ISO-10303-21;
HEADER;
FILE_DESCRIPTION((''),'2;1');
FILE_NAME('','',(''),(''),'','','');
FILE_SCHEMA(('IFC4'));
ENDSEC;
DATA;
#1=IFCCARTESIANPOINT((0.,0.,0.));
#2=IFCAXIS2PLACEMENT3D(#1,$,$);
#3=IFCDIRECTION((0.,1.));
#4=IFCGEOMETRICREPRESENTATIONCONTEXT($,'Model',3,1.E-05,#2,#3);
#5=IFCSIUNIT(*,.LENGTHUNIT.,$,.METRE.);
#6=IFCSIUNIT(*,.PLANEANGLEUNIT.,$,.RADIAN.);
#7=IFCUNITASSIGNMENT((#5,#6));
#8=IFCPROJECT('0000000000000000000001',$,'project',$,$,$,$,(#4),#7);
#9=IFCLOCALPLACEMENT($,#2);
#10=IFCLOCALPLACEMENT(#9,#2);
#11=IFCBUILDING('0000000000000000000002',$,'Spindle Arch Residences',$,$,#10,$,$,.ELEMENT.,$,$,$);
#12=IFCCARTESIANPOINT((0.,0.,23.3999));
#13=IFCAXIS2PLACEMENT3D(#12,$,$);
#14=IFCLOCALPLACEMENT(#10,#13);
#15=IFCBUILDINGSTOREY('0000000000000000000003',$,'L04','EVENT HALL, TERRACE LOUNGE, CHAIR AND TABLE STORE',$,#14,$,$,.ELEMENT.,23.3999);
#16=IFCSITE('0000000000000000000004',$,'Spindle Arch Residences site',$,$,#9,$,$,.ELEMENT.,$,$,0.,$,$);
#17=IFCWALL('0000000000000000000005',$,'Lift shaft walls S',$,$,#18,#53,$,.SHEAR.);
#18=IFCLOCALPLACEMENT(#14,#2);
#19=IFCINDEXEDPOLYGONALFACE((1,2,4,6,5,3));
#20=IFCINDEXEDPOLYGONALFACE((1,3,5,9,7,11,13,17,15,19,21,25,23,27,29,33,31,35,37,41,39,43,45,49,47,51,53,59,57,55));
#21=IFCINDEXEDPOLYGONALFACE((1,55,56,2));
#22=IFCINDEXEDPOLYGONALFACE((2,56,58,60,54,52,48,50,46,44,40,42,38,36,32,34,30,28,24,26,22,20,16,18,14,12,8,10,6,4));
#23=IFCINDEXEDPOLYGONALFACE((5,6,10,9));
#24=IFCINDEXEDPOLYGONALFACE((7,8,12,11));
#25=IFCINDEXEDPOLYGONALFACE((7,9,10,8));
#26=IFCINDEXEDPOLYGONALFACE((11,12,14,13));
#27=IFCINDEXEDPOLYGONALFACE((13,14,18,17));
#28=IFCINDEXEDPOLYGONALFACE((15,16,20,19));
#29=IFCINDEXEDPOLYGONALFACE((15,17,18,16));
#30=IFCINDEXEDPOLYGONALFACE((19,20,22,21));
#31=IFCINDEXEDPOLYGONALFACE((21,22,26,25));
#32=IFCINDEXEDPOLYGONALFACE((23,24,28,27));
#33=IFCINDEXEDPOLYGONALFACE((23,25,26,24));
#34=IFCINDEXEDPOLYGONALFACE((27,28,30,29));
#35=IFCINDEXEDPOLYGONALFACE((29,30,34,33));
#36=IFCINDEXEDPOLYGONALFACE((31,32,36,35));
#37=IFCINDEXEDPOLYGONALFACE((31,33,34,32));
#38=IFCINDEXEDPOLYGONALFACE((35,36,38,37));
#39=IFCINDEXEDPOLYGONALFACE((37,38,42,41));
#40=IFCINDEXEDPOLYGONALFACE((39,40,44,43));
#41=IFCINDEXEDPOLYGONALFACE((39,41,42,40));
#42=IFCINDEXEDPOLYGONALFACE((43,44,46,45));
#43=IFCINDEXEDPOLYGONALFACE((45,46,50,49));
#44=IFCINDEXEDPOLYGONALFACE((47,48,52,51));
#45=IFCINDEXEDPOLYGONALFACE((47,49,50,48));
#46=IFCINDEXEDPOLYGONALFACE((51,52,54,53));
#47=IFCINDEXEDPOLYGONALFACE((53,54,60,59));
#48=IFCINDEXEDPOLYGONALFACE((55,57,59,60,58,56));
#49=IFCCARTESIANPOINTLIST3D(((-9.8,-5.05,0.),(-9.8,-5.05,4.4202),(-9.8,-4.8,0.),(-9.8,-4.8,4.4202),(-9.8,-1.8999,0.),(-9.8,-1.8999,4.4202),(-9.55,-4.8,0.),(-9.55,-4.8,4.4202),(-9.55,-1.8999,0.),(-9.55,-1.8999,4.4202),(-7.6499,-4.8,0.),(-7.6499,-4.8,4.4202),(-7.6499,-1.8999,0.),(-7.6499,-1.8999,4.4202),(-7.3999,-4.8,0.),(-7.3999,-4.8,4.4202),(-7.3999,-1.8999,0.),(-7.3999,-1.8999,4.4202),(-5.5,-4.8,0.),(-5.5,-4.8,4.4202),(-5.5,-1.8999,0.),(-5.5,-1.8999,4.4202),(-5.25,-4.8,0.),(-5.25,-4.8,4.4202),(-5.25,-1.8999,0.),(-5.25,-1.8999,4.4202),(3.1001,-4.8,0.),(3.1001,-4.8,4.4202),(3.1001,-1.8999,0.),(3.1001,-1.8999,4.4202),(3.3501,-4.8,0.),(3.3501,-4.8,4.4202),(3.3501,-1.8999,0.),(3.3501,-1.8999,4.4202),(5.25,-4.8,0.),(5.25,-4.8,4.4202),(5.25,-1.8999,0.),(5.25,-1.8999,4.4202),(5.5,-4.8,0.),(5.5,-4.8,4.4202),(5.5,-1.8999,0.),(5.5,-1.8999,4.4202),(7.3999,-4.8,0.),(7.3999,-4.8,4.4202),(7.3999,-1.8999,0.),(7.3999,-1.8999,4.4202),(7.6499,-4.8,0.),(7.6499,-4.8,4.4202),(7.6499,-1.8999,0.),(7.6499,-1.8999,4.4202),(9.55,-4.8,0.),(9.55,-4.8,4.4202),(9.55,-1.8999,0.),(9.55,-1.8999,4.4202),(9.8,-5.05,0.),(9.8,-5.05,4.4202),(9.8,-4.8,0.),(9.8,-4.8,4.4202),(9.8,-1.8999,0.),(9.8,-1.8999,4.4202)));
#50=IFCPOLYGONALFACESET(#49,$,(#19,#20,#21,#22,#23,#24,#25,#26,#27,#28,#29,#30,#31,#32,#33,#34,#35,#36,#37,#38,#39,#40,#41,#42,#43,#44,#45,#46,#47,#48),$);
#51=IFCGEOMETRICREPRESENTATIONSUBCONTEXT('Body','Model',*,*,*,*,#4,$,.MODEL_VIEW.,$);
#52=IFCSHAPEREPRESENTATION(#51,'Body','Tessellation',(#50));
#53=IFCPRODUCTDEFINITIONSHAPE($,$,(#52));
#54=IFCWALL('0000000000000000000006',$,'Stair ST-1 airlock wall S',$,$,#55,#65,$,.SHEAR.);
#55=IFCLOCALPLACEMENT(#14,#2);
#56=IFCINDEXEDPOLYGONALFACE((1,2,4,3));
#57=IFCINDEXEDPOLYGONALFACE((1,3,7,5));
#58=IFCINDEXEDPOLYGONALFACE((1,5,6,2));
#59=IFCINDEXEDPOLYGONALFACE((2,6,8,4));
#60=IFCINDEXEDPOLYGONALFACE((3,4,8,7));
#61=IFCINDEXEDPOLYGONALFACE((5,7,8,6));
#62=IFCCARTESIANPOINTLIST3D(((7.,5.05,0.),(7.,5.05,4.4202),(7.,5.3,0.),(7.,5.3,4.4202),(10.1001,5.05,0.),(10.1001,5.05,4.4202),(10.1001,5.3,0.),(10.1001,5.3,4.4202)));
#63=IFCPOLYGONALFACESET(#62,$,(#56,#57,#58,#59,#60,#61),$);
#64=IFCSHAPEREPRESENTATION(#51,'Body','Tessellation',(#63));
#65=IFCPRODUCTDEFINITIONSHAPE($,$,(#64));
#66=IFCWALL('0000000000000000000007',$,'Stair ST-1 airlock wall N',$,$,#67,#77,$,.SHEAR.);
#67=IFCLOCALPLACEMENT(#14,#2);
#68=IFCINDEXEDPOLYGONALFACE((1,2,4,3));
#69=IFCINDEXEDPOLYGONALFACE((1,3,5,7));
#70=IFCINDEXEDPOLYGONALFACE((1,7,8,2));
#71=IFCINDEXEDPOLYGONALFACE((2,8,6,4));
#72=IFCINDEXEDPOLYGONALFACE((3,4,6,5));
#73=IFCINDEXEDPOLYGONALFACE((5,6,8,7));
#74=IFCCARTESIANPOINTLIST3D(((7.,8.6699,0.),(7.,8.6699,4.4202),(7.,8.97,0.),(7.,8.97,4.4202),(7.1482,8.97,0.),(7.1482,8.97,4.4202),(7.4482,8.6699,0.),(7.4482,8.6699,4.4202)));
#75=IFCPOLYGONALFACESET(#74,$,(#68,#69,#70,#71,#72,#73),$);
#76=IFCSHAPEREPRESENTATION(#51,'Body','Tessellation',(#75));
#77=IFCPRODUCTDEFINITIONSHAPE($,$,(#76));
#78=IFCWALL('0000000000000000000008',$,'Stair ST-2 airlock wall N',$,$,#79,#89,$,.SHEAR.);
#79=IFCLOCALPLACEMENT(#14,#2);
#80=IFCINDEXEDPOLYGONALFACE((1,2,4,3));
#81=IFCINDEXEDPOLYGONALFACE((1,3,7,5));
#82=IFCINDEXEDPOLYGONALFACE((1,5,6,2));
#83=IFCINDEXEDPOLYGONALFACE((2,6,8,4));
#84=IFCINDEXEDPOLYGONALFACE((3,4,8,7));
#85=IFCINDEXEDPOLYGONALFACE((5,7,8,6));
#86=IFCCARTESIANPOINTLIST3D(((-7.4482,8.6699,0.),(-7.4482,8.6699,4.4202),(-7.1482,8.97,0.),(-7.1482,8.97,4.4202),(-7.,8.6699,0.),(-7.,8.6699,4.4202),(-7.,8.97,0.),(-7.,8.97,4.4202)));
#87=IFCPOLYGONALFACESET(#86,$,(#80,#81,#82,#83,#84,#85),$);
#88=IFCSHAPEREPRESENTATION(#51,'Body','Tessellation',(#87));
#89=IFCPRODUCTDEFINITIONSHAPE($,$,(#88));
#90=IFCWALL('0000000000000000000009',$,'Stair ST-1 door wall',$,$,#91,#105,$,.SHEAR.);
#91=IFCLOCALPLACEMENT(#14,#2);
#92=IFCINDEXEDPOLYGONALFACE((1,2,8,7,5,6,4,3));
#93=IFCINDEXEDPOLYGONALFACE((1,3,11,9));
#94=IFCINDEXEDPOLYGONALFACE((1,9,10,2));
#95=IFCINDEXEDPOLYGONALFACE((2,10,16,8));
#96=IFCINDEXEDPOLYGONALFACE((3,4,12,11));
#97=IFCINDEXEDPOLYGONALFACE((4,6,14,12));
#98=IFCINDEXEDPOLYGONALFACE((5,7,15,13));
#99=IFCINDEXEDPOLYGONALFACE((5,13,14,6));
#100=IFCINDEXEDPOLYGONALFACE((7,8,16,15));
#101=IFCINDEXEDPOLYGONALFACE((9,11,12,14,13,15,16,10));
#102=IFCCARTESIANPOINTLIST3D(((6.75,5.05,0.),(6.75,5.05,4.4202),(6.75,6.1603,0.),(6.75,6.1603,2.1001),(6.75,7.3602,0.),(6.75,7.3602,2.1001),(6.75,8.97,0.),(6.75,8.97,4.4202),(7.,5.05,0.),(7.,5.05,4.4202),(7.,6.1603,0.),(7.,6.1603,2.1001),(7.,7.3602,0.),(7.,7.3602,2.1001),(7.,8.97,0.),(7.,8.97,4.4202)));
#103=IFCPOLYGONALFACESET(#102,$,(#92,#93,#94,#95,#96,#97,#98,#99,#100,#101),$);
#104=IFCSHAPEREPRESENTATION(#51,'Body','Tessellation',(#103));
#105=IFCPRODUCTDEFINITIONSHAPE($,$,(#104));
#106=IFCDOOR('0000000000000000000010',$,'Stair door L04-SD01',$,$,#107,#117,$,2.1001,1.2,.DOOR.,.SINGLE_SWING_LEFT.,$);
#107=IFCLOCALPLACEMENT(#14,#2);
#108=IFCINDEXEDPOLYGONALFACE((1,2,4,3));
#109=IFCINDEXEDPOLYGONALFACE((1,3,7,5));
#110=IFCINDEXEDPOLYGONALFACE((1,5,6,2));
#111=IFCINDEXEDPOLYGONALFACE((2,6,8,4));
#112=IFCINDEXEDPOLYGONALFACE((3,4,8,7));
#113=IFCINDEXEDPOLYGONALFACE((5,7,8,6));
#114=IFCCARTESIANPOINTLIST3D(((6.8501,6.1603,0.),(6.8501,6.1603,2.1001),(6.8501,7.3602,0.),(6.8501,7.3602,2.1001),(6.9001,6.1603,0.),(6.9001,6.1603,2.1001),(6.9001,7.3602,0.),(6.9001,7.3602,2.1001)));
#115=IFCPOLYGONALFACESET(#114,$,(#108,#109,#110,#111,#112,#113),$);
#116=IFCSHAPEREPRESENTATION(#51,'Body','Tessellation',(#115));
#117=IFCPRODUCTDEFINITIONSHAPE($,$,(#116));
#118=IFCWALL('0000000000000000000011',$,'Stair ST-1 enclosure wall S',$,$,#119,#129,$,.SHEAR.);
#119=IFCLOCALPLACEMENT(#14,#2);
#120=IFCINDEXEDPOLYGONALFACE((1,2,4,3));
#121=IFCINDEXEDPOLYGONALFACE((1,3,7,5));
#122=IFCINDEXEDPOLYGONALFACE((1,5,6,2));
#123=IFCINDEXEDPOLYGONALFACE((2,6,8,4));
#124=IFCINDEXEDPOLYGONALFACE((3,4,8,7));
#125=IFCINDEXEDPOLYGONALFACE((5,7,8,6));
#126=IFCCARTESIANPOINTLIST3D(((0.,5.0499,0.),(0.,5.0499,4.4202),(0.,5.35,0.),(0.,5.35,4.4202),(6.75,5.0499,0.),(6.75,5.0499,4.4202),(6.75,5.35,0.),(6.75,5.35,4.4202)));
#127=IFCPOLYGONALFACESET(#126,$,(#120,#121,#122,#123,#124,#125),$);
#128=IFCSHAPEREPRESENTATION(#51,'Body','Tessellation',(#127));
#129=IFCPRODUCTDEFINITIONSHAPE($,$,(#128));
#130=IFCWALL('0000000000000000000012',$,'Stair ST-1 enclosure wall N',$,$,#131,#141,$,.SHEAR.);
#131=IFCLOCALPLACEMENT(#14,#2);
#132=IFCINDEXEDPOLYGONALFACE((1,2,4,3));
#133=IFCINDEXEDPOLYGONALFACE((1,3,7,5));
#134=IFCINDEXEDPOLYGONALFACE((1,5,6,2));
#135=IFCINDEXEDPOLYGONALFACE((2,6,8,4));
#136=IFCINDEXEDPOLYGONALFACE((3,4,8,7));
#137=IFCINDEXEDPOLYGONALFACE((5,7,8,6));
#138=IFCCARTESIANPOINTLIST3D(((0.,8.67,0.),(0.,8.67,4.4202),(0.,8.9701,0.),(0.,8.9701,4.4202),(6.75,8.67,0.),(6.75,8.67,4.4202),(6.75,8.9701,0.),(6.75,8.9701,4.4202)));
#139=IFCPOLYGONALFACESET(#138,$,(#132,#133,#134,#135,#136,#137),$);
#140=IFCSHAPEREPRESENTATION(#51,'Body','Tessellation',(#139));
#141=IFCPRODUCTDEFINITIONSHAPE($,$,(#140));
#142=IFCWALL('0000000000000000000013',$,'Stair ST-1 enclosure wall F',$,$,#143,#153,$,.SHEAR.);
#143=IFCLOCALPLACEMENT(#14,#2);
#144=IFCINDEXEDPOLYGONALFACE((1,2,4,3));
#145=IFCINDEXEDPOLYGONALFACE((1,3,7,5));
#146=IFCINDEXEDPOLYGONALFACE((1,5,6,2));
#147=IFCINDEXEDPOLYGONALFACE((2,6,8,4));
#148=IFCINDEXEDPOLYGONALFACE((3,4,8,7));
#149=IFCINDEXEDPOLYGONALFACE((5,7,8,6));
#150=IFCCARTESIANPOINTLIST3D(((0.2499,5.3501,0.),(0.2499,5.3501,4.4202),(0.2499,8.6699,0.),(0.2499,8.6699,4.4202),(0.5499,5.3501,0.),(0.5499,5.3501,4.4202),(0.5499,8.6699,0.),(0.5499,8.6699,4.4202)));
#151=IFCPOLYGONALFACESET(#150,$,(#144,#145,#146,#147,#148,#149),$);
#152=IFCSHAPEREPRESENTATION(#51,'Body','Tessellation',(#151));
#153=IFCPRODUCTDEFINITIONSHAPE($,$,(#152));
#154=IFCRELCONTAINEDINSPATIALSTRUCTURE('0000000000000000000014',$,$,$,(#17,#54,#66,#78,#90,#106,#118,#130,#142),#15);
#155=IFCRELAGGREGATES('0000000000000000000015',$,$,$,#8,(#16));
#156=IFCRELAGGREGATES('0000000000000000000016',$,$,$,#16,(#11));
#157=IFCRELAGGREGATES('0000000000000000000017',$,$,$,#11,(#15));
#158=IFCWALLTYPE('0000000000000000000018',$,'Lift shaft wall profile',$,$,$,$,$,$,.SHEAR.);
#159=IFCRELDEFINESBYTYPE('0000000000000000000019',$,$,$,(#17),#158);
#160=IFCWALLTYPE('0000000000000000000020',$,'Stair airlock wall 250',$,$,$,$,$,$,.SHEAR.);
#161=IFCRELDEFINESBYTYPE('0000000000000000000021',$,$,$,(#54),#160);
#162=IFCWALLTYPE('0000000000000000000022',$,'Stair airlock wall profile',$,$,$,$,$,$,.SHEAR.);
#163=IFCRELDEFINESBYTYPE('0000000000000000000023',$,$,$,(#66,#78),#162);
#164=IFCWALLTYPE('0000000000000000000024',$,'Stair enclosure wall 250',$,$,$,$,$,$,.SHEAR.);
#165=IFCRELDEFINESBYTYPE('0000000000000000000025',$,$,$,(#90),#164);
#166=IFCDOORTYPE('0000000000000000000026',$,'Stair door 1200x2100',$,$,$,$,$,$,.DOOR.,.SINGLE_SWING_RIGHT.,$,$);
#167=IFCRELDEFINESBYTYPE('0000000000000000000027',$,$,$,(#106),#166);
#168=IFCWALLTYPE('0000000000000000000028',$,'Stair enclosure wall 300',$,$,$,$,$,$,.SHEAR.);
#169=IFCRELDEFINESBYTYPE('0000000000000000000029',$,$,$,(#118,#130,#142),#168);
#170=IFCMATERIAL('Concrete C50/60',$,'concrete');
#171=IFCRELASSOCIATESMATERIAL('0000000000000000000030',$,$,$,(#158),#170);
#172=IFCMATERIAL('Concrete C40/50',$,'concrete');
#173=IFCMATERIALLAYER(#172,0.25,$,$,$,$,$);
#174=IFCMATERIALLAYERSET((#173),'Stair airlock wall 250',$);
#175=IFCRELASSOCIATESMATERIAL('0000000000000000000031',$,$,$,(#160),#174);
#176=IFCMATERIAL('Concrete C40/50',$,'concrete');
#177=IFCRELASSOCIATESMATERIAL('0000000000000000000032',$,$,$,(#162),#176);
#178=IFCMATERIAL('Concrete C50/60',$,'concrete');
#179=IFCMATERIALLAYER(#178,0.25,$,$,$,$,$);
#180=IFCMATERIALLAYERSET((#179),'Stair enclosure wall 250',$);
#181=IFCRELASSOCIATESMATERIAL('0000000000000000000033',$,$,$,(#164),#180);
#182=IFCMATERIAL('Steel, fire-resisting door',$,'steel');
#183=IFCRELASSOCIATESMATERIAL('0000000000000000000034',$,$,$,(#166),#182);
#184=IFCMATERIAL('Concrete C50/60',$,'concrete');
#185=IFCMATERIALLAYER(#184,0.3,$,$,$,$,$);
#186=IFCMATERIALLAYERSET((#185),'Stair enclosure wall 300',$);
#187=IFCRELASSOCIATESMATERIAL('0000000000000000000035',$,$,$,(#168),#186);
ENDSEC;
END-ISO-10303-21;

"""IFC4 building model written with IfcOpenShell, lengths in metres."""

from ifc_helpers import new_model, si_unit, direction, frame, frame_2d, origin, place, context, subcontext, project, spatial, polyline, rectangle, outline, extrude, material, layer, layer_set, type_object, element, fill, save


model = new_model("IFC4")

# Units and contexts
model_context = context("Model", 3, precision=1e-05, world=origin(), true_north=direction((0.0, 1.0)))
body_context = subcontext(model_context, "Body", "Model", "MODEL_VIEW")
ifc_project = project(units=[si_unit("LENGTHUNIT", "METRE"), si_unit("PLANEANGLEUNIT", "RADIAN")], contexts=[model_context])

# Site, building, storey
site_placement = place(None, origin())
site = spatial("IfcSite", under=ifc_project, at=site_placement, Name="Spindle Arch Residences site", CompositionType="ELEMENT", RefElevation=0.0)
building_placement = place(site_placement, origin())
building = spatial("IfcBuilding", under=site, at=building_placement, Name="Spindle Arch Residences", CompositionType="ELEMENT")
storey_placement = place(building_placement, frame((0.0, 0.0, 23.3999)))
storey = spatial("IfcBuildingStorey", under=building, at=storey_placement, Name="L04", Description="EVENT HALL, TERRACE LOUNGE, CHAIR AND TABLE STORE", CompositionType="ELEMENT", Elevation=23.3999)

# Walls
ifc_material_1 = material(Name="Concrete C50/60", Category="concrete")
wall_type_1 = type_object("IfcWallType", Name="Lift shaft wall profile", PredefinedType="SHEAR", material=ifc_material_1)
wall_1_placement = place(storey_placement, origin())
element("IfcWall", 1, at=wall_1_placement, inside=storey, type_object=wall_type_1, Name="Lift shaft walls S", PredefinedType="SHEAR", context=body_context, shape_type="SweptSolid", body=[
    extrude(outline(polyline([(9.8, -5.05), (9.8, -4.8), (9.8, -1.8999), (9.55, -1.8999), (9.55, -4.8), (7.6499, -4.8), (7.6499, -1.8999), (7.3999, -1.8999), (7.3999, -4.8), (5.5, -4.8), (5.5, -1.8999), (5.25, -1.8999), (5.25, -4.8), (3.3501, -4.8), (3.3501, -1.8999), (3.1001, -1.8999), (3.1001, -4.8), (-5.25, -4.8), (-5.25, -1.8999), (-5.5, -1.8999), (-5.5, -4.8), (-7.3999, -4.8), (-7.3999, -1.8999), (-7.6499, -1.8999), (-7.6499, -4.8), (-9.55, -4.8), (-9.55, -1.8999), (-9.8, -1.8999), (-9.8, -4.8), (-9.8, -5.05), (9.8, -5.05)])), origin(), (0.0, 0.0, 1.0), 4.4202),
])
ifc_material_2 = material(Name="Concrete C40/50", Category="concrete")
ifc_layer_1 = layer(ifc_material_2, 0.25)
ifc_layer_set_1 = layer_set([ifc_layer_1], Name="Stair airlock wall 250")
wall_type_2 = type_object("IfcWallType", Name="Stair airlock wall 250", PredefinedType="SHEAR", material=ifc_layer_set_1)
wall_2_placement = place(storey_placement, frame((7.0, 5.175, 0.0), z_axis=(0.0, 0.0, 1.0), x_axis=(1.0, 0.0, 0.0)))
element("IfcWall", 2, at=wall_2_placement, inside=storey, type_object=wall_type_2, Name="Stair ST-1 airlock wall S", PredefinedType="SHEAR", context=body_context, shape_type="SweptSolid", body=[
    extrude(rectangle(XDim=3.1001, YDim=0.25, at=frame_2d((1.55, 0.0))), origin(), (0.0, 0.0, 1.0), 4.4202),
])
ifc_material_3 = material(Name="Concrete C40/50", Category="concrete")
wall_type_3 = type_object("IfcWallType", Name="Stair airlock wall profile", PredefinedType="SHEAR", material=ifc_material_3)
wall_3_placement = place(storey_placement, origin())
element("IfcWall", 3, at=wall_3_placement, inside=storey, type_object=wall_type_3, Name="Stair ST-1 airlock wall N", PredefinedType="SHEAR", context=body_context, shape_type="SweptSolid", body=[
    extrude(outline(polyline([(7.4482, 8.6699), (7.0, 8.6699), (7.0, 8.97), (7.1482, 8.97), (7.4482, 8.6699)])), origin(), (0.0, 0.0, 1.0), 4.4202),
])
wall_4_placement = place(storey_placement, origin())
element("IfcWall", 4, at=wall_4_placement, inside=storey, type_object=wall_type_3, Name="Stair ST-2 airlock wall N", PredefinedType="SHEAR", context=body_context, shape_type="SweptSolid", body=[
    extrude(outline(polyline([(-7.1482, 8.97), (-7.0, 8.97), (-7.0, 8.6699), (-7.4482, 8.6699), (-7.1482, 8.97)])), origin(), (0.0, 0.0, 1.0), 4.4202),
])

# Wall, opening, door
ifc_material_4 = material(Name="Concrete C50/60", Category="concrete")
ifc_layer_2 = layer(ifc_material_4, 0.25)
ifc_layer_set_2 = layer_set([ifc_layer_2], Name="Stair enclosure wall 250")
wall_type_4 = type_object("IfcWallType", Name="Stair enclosure wall 250", PredefinedType="SHEAR", material=ifc_layer_set_2)
wall_5_placement = place(storey_placement, frame((6.875, 5.05, 0.0), z_axis=(0.0, 0.0, 1.0), x_axis=(0.0, 1.0, 0.0)))
wall_5 = element("IfcWall", 5, at=wall_5_placement, inside=storey, type_object=wall_type_4, Name="Stair ST-1 door wall", PredefinedType="SHEAR", context=body_context, shape_type="SweptSolid", body=[
    extrude(rectangle(XDim=3.9199, YDim=0.25, at=frame_2d((1.96, 0.0))), origin(), (0.0, 0.0, 1.0), 4.4202),
])
opening_1_placement = place(wall_5_placement, frame((1.1101, 0.0, 0.0)))
opening_1 = element("IfcOpeningElement", 6, at=opening_1_placement, cuts=wall_5, PredefinedType="OPENING", context=body_context, shape_type="SweptSolid", body=[
    extrude(rectangle(XDim=1.2, YDim=2.1001, at=frame_2d((0.6001, 1.05))), frame((0.0, 0.135, 0.0), z_axis=(0.0, -1.0, 0.0), x_axis=(1.0, 0.0, 0.0)), (0.0, 0.0, 1.0), 0.27),
])
ifc_material_5 = material(Name="Steel, fire-resisting door", Category="steel")
door_type_1 = type_object("IfcDoorType", Name="Stair door 1200x2100", OperationType="SINGLE_SWING_RIGHT", PredefinedType="DOOR", material=ifc_material_5)
door_1_placement = place(opening_1_placement, origin())
door_1 = element("IfcDoor", 7, at=door_1_placement, inside=storey, type_object=door_type_1, Name="Stair door L04-SD01", OperationType="SINGLE_SWING_LEFT", OverallHeight=2.1001, OverallWidth=1.2, PredefinedType="DOOR", context=body_context, shape_type="SweptSolid", body=[
    extrude(rectangle(XDim=1.2, YDim=2.1001, at=frame_2d((0.6001, 1.05))), frame((0.0, 0.0249, 0.0), z_axis=(0.0, -1.0, 0.0), x_axis=(1.0, 0.0, 0.0)), (0.0, 0.0, 1.0), 0.05),
])
fill(opening_1, door_1)

# Walls
ifc_material_6 = material(Name="Concrete C50/60", Category="concrete")
ifc_layer_3 = layer(ifc_material_6, 0.3)
ifc_layer_set_3 = layer_set([ifc_layer_3], Name="Stair enclosure wall 300")
wall_type_5 = type_object("IfcWallType", Name="Stair enclosure wall 300", PredefinedType="SHEAR", material=ifc_layer_set_3)
for number, where, z_axis, x_axis, name in (
    (8, (0.0, 5.2, 0.0), (0.0, 0.0, 1.0), (1.0, 0.0, 0.0), "Stair ST-1 enclosure wall S"),
    (9, (0.0, 8.8201, 0.0), (0.0, 0.0, 1.0), (1.0, 0.0, 0.0), "Stair ST-1 enclosure wall N"),
):
    element("IfcWall", number, at=place(storey_placement, frame(where, z_axis=z_axis, x_axis=x_axis)), inside=storey, type_object=wall_type_5, Name=name, PredefinedType="SHEAR", context=body_context, shape_type="SweptSolid", body=[
        extrude(rectangle(XDim=6.75, YDim=0.3, at=frame_2d((3.375, 0.0))), origin(), (0.0, 0.0, 1.0), 4.4202),
    ])
wall_6_placement = place(storey_placement, frame((0.3999, 5.3501, 0.0), z_axis=(0.0, 0.0, 1.0), x_axis=(0.0, 1.0, 0.0)))
element("IfcWall", 10, at=wall_6_placement, inside=storey, type_object=wall_type_5, Name="Stair ST-1 enclosure wall F", PredefinedType="SHEAR", context=body_context, shape_type="SweptSolid", body=[
    extrude(rectangle(XDim=3.3198, YDim=0.3, at=frame_2d((1.6599, 0.0))), origin(), (0.0, 0.0, 1.0), 4.4202),
])

save(model, "model.ifc")
